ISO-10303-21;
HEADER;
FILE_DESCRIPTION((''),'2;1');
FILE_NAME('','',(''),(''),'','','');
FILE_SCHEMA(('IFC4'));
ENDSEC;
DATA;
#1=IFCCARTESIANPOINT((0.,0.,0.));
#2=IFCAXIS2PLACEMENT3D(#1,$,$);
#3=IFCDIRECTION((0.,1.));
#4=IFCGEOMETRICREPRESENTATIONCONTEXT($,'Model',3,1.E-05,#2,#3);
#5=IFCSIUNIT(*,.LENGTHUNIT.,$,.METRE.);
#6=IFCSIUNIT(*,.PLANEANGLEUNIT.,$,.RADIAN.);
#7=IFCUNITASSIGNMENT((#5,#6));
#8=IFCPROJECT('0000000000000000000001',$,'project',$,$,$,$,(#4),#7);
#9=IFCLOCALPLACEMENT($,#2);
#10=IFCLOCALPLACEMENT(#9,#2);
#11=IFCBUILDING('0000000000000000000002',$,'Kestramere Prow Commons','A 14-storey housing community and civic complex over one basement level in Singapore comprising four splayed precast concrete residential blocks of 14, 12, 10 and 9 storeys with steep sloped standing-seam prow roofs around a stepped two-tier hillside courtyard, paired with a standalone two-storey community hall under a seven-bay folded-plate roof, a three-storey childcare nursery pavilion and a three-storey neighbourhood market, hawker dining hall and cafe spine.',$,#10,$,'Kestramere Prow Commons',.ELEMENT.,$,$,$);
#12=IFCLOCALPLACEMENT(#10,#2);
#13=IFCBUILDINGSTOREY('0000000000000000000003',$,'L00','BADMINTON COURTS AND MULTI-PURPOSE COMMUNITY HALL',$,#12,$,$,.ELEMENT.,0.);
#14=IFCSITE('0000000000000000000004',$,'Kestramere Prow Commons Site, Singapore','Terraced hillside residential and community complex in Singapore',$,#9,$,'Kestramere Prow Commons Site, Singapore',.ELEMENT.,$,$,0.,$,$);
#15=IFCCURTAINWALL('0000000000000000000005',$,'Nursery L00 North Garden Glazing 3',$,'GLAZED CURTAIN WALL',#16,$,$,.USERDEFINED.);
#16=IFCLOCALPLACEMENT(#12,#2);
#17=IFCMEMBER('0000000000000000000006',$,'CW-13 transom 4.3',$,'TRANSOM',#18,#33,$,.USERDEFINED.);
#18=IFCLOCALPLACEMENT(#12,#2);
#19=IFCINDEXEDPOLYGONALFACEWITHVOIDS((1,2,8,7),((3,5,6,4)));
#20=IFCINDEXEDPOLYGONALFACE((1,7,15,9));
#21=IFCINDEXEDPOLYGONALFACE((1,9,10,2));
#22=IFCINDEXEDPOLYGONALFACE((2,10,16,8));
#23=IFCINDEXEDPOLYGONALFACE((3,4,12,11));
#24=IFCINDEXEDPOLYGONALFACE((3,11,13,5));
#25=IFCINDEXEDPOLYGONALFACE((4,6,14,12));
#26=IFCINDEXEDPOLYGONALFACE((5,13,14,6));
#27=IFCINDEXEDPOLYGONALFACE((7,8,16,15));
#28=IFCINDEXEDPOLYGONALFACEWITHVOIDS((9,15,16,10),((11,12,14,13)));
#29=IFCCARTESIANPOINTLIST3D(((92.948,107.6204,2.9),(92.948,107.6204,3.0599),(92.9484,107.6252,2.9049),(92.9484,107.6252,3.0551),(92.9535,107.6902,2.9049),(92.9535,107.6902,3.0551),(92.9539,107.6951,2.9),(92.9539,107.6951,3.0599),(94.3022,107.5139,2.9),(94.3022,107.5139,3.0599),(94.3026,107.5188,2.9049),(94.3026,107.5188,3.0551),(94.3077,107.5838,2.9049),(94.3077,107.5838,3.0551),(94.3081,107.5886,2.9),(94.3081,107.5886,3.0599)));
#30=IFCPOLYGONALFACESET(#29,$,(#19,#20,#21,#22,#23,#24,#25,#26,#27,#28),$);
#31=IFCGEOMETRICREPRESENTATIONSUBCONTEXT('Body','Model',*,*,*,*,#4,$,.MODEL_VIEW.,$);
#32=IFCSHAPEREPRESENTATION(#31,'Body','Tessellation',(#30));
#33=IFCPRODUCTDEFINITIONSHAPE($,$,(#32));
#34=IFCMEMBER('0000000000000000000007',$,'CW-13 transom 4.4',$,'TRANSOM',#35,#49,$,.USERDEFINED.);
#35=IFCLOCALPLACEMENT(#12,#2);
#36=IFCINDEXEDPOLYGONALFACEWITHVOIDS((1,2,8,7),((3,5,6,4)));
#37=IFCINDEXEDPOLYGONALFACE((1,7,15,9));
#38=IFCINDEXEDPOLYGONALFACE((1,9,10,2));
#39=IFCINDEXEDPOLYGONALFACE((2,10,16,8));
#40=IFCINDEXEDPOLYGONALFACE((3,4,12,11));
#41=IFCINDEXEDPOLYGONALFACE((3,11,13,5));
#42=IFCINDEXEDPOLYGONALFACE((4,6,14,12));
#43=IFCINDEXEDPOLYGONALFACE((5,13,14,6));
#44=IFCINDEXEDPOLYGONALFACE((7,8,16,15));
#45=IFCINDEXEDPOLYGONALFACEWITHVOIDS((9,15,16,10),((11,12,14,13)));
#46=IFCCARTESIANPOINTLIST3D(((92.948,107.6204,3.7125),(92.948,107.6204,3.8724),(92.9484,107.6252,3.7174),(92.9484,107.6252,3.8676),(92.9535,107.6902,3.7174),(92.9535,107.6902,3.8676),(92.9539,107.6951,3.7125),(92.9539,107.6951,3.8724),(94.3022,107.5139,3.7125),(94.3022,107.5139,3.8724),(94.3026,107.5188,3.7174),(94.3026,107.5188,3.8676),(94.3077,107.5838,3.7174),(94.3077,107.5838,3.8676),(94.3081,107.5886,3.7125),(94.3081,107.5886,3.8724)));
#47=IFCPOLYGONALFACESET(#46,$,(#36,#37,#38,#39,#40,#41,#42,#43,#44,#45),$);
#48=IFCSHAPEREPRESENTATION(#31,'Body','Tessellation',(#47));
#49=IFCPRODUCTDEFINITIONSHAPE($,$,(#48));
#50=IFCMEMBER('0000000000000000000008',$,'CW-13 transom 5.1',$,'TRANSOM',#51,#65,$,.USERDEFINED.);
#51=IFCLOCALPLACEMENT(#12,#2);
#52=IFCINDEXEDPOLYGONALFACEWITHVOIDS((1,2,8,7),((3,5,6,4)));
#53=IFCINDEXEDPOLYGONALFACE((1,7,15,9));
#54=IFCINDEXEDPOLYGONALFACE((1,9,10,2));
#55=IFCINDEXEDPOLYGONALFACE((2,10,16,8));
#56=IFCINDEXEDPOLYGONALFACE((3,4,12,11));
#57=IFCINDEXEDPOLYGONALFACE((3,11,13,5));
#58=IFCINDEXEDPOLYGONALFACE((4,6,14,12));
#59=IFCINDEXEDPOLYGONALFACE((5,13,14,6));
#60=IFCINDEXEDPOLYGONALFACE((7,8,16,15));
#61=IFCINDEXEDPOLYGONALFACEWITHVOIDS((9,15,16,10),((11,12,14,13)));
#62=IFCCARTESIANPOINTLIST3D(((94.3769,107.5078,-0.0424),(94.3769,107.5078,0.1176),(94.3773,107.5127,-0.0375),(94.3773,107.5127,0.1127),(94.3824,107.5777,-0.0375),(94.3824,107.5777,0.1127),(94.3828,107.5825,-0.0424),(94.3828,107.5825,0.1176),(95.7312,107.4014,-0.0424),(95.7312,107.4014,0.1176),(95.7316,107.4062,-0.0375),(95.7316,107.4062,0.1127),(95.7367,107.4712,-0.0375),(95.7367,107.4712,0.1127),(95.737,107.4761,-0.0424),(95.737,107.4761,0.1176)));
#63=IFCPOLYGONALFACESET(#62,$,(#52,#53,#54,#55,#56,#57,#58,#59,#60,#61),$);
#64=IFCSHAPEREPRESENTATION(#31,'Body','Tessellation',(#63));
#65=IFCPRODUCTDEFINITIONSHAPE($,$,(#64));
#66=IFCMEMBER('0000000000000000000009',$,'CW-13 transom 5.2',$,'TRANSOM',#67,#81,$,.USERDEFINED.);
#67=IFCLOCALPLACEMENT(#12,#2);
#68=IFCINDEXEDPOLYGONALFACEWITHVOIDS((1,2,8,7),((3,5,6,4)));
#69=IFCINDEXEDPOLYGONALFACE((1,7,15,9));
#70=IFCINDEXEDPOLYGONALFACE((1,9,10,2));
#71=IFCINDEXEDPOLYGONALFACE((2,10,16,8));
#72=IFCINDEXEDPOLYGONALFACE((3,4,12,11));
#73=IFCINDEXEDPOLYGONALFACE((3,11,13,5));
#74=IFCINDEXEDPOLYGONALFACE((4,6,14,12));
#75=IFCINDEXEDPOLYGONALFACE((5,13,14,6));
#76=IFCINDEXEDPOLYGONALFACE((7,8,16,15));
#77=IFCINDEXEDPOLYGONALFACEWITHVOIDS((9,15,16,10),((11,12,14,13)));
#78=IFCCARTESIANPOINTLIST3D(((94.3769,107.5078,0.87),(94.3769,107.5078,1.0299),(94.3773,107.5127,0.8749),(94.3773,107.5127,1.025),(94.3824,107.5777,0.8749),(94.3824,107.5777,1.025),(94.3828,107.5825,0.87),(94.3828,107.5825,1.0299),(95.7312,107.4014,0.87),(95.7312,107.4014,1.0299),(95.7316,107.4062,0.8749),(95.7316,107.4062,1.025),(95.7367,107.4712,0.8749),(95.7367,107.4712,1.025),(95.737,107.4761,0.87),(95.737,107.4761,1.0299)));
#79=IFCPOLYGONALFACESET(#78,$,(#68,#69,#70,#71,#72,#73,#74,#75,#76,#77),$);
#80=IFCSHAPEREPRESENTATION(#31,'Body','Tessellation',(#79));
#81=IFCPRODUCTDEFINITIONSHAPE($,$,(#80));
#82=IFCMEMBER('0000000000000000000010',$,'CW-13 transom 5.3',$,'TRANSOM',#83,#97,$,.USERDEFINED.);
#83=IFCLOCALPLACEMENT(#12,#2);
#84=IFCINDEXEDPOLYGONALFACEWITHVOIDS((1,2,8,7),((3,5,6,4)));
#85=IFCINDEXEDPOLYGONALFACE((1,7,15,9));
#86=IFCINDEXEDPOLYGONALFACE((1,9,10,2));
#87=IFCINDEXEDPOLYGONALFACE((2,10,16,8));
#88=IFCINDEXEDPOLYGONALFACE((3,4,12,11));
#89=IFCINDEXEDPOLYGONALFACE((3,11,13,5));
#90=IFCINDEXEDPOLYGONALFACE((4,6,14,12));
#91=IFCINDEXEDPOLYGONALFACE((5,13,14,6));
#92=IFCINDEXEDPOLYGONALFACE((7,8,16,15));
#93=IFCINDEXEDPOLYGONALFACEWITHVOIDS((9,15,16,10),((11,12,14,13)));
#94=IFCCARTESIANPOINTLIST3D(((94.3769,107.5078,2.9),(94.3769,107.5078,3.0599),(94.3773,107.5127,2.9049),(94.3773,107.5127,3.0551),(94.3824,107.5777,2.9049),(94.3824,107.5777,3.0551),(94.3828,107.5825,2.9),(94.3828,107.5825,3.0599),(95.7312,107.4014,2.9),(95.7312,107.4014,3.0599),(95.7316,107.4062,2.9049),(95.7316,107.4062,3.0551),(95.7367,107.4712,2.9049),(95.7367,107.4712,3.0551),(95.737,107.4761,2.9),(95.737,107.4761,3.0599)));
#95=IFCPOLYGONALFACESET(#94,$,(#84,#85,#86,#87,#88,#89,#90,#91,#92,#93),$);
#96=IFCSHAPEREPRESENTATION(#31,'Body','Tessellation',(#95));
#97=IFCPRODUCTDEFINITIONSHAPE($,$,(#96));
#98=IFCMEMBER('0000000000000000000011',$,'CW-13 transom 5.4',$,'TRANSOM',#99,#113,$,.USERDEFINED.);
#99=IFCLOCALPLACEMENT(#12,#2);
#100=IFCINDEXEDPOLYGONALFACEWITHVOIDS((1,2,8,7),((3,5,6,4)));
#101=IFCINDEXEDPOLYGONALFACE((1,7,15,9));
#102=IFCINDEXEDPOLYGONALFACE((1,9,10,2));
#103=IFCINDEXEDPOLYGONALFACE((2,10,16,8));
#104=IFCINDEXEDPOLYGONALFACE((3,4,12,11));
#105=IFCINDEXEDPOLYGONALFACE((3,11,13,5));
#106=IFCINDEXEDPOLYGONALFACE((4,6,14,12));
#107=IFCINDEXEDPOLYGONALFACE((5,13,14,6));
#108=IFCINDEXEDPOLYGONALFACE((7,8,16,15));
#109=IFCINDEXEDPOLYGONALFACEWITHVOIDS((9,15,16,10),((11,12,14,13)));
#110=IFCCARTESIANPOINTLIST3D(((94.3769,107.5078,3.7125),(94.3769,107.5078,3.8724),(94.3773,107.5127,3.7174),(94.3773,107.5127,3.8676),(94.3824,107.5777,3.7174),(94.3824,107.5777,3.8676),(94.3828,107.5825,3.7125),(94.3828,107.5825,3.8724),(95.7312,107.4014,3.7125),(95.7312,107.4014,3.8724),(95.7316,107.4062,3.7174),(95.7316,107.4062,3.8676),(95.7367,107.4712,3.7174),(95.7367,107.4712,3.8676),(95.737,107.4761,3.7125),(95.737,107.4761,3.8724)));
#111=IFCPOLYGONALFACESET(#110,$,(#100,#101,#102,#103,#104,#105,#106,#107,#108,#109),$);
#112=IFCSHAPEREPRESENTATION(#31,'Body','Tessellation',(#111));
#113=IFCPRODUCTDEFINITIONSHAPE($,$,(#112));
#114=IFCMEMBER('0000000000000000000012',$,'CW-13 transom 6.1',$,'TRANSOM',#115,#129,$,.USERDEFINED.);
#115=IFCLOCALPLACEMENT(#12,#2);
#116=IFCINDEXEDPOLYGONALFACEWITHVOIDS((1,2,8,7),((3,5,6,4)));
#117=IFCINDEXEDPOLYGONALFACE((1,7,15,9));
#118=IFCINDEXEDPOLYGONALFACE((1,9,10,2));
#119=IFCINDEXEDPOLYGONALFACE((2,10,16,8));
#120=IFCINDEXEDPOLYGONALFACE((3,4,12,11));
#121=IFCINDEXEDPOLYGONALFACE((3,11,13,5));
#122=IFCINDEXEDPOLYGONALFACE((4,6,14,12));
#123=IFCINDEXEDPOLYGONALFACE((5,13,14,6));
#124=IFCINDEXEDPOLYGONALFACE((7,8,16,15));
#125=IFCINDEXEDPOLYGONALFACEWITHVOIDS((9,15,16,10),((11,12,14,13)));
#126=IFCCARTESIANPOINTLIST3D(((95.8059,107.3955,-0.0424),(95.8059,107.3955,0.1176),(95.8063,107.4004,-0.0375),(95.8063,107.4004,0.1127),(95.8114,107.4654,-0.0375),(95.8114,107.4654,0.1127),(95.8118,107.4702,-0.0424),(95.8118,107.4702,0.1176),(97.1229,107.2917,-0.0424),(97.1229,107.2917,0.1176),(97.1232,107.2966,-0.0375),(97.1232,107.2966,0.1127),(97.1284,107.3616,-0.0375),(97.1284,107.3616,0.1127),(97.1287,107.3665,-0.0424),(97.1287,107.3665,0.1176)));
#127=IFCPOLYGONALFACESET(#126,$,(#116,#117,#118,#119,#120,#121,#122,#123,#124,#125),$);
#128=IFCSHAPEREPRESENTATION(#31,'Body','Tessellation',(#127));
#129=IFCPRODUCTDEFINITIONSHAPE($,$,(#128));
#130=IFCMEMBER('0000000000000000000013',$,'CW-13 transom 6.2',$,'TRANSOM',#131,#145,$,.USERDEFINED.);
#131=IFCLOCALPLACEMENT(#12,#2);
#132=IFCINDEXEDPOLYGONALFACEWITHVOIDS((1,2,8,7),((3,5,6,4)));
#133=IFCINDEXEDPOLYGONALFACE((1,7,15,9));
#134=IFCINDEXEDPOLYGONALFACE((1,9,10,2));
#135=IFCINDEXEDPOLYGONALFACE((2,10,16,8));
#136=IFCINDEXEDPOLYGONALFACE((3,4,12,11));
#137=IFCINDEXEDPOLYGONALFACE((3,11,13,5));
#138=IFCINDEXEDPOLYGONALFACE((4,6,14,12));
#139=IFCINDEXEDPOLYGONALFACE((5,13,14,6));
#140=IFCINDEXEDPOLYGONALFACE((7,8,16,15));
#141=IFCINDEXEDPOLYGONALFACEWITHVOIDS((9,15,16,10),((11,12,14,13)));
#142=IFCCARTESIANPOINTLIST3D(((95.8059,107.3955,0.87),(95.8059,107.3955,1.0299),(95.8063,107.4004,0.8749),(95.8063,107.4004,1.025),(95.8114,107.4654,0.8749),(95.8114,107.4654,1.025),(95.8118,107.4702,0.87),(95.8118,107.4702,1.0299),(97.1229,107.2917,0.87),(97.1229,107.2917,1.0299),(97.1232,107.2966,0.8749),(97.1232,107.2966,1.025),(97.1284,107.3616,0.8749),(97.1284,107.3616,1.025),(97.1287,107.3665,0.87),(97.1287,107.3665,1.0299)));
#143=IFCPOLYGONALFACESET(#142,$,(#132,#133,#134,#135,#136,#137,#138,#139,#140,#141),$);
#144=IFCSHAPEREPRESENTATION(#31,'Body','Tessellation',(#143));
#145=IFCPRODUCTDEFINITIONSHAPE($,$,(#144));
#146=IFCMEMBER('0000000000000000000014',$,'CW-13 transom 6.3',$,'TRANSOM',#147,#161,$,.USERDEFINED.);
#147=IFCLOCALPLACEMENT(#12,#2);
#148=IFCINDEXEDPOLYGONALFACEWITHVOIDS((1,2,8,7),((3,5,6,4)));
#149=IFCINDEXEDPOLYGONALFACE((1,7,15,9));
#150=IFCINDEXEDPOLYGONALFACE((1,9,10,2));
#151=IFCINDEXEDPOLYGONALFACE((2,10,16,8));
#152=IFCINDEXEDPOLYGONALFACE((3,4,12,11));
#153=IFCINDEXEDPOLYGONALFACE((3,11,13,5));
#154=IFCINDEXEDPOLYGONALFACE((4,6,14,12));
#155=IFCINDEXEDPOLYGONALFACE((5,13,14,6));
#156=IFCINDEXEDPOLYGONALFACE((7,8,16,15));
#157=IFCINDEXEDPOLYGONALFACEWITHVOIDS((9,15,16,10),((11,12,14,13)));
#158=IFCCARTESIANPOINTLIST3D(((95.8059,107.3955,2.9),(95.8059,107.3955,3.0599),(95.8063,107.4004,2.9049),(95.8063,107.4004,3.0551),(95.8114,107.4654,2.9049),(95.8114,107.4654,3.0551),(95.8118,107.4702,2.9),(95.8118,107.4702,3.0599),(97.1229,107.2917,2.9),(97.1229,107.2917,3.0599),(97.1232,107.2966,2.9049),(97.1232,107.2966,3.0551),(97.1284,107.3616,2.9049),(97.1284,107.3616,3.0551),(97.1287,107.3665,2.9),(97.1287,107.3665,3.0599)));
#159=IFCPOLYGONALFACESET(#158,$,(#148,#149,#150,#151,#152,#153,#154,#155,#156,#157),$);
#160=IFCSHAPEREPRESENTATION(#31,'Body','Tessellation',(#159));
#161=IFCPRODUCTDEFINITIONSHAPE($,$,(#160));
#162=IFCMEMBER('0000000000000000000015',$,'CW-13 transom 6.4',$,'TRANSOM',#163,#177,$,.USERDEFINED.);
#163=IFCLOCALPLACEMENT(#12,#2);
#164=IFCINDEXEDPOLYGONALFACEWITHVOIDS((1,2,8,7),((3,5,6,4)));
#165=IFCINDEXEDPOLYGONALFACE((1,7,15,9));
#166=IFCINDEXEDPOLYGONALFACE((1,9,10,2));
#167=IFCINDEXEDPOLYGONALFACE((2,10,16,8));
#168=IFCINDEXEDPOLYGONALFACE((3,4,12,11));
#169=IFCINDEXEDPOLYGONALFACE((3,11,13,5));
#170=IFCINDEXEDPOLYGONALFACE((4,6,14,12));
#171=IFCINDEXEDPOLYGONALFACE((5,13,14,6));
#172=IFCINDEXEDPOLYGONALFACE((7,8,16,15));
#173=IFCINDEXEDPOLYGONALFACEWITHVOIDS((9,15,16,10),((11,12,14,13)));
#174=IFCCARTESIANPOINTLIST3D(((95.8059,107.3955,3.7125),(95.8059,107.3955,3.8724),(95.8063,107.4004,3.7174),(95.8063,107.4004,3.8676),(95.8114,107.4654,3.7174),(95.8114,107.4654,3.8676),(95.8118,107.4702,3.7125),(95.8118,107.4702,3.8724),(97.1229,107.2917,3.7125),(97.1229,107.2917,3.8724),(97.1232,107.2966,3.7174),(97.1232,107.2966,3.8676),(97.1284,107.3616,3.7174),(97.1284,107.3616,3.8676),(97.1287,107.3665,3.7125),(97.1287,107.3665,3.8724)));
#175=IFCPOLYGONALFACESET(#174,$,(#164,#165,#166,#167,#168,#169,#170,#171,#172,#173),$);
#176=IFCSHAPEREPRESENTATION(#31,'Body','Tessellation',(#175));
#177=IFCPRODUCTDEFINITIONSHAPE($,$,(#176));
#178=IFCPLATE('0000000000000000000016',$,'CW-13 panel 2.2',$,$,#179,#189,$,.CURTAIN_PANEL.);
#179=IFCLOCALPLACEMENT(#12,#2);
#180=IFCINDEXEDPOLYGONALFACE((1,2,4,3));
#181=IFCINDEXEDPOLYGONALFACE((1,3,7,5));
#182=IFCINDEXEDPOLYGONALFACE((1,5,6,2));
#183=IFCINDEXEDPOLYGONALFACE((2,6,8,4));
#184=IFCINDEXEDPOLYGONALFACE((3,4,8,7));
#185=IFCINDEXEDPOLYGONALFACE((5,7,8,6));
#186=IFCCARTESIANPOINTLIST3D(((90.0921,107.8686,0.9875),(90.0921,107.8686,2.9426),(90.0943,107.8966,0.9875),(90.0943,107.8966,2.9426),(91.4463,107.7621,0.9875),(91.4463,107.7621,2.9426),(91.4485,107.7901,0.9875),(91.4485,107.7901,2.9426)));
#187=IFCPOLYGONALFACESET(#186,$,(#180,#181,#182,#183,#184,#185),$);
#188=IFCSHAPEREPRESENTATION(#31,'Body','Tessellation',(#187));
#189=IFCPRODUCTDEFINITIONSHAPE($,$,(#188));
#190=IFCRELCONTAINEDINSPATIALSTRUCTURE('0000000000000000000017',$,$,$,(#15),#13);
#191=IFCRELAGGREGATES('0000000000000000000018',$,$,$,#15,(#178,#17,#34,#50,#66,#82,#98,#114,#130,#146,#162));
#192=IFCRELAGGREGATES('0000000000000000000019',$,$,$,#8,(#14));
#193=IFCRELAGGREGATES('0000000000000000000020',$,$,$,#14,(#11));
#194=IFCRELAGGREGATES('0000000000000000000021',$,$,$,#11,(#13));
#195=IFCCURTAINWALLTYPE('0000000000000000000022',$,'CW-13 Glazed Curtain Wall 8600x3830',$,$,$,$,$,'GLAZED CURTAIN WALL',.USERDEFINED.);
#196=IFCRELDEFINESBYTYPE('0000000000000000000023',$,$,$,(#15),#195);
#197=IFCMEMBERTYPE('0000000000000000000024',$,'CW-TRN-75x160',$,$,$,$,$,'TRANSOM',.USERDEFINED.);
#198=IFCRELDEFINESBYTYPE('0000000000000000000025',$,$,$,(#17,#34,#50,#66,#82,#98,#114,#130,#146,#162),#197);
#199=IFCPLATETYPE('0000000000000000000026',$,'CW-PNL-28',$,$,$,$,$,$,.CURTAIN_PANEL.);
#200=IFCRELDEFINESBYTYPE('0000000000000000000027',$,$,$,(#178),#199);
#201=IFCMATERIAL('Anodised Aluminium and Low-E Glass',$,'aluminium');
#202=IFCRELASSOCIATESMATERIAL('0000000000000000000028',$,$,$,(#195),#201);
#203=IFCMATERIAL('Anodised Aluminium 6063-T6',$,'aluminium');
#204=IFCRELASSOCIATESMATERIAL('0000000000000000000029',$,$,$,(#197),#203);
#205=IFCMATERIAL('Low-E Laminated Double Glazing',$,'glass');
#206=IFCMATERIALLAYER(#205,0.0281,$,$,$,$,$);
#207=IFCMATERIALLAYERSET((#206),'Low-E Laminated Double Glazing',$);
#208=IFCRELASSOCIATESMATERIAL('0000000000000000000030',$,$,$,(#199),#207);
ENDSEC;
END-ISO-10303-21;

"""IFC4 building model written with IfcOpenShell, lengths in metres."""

from ifc_helpers import new_model, si_unit, direction, frame, origin, origin_2d, place, context, subcontext, project, spatial, rectangle, hollow_rectangle, extrude, material, layer, layer_set, material_profile, profile_set, type_object, element, aggregate, save


model = new_model("IFC4")

# Units and contexts
model_context = context("Model", 3, precision=1e-05, world=origin(), true_north=direction((0.0, 1.0)))
body_context = subcontext(model_context, "Body", "Model", "MODEL_VIEW")
ifc_project = project(units=[si_unit("LENGTHUNIT", "METRE"), si_unit("PLANEANGLEUNIT", "RADIAN")], contexts=[model_context])

# Site, building, storey
site_placement = place(None, origin())
site = spatial("IfcSite", under=ifc_project, at=site_placement, Name="Kestramere Prow Commons Site, Singapore", Description="Terraced hillside residential and community complex in Singapore", LongName="Kestramere Prow Commons Site, Singapore", CompositionType="ELEMENT", RefElevation=0.0)
building_placement = place(site_placement, origin())
building = spatial("IfcBuilding", under=site, at=building_placement, Name="Kestramere Prow Commons", Description="A 14-storey housing community and civic complex over one basement level in Singapore comprising four splayed precast concrete residential blocks of 14, 12, 10 and 9 storeys with steep sloped standing-seam prow roofs around a stepped two-tier hillside courtyard, paired with a standalone two-storey community hall under a seven-bay folded-plate roof, a three-storey childcare nursery pavilion and a three-storey neighbourhood market, hawker dining hall and cafe spine.", LongName="Kestramere Prow Commons", CompositionType="ELEMENT")
storey_placement = place(building_placement, origin())
storey = spatial("IfcBuildingStorey", under=building, at=storey_placement, Name="L00", Description="BADMINTON COURTS AND MULTI-PURPOSE COMMUNITY HALL", CompositionType="ELEMENT", Elevation=0.0)

# Curtain wall, members, plate
ifc_material_1 = material(Name="Anodised Aluminium and Low-E Glass", Category="aluminium")
curtain_wall_type = type_object("IfcCurtainWallType", Name="CW-13 Glazed Curtain Wall 8600x3830", ElementType="GLAZED CURTAIN WALL", PredefinedType="USERDEFINED", material=ifc_material_1)
curtain_wall_placement = place(storey_placement, origin())
curtain_wall = element("IfcCurtainWall", 1, at=curtain_wall_placement, inside=storey, type_object=curtain_wall_type, Name="Nursery L00 North Garden Glazing 3", ObjectType="GLAZED CURTAIN WALL", PredefinedType="USERDEFINED")
ifc_material_2 = material(Name="Anodised Aluminium 6063-T6", Category="aluminium")
ifc_material_profile_1 = material_profile(ifc_material_2, hollow_rectangle(XDim=0.075, YDim=0.1599, WallThickness=0.0049, at=origin_2d()), Name="ALU-TRN 75x160")
ifc_profile_set_1 = profile_set([ifc_material_profile_1], Name="Anodised Aluminium 6063-T6")
member_type_1 = type_object("IfcMemberType", Name="CW-TRN-75x160", ElementType="TRANSOM", PredefinedType="USERDEFINED", material=ifc_profile_set_1)
member_1_placement = place(storey_placement, frame((92.9509, 107.6577, 2.98), z_axis=(0.996925, -0.078359, 0.0), x_axis=(0.078359, 0.996925, 0.0)))
member_1 = element("IfcMember", 2, at=member_1_placement, type_object=member_type_1, Name="CW-13 transom 4.3", ObjectType="TRANSOM", PredefinedType="USERDEFINED", context=body_context, shape_type="SweptSolid", body=[
    extrude(hollow_rectangle(XDim=0.075, YDim=0.1599, WallThickness=0.0049, at=origin_2d()), origin(), (0.0, 0.0, 1.0), 1.3584),
])
member_2_placement = place(storey_placement, frame((92.9509, 107.6577, 3.7925), z_axis=(0.996925, -0.078359, 0.0), x_axis=(0.078359, 0.996925, 0.0)))
member_2 = element("IfcMember", 3, at=member_2_placement, type_object=member_type_1, Name="CW-13 transom 4.4", ObjectType="TRANSOM", PredefinedType="USERDEFINED", context=body_context, shape_type="SweptSolid", body=[
    extrude(hollow_rectangle(XDim=0.075, YDim=0.1599, WallThickness=0.0049, at=origin_2d()), origin(), (0.0, 0.0, 1.0), 1.3584),
])
member_3_placement = place(storey_placement, frame((94.3799, 107.5452, 0.0376), z_axis=(0.996925, -0.078359, 0.0), x_axis=(0.078359, 0.996925, 0.0)))
member_3 = element("IfcMember", 4, at=member_3_placement, type_object=member_type_1, Name="CW-13 transom 5.1", ObjectType="TRANSOM", PredefinedType="USERDEFINED", context=body_context, shape_type="SweptSolid", body=[
    extrude(hollow_rectangle(XDim=0.075, YDim=0.1599, WallThickness=0.0049, at=origin_2d()), origin(), (0.0, 0.0, 1.0), 1.3584),
])
member_4_placement = place(storey_placement, frame((94.3799, 107.5452, 0.95), z_axis=(0.996925, -0.078359, 0.0), x_axis=(0.078359, 0.996925, 0.0)))
member_4 = element("IfcMember", 5, at=member_4_placement, type_object=member_type_1, Name="CW-13 transom 5.2", ObjectType="TRANSOM", PredefinedType="USERDEFINED", context=body_context, shape_type="SweptSolid", body=[
    extrude(hollow_rectangle(XDim=0.075, YDim=0.1599, WallThickness=0.0049, at=origin_2d()), origin(), (0.0, 0.0, 1.0), 1.3584),
])
member_5_placement = place(storey_placement, frame((94.3799, 107.5452, 2.98), z_axis=(0.996925, -0.078359, 0.0), x_axis=(0.078359, 0.996925, 0.0)))
member_5 = element("IfcMember", 6, at=member_5_placement, type_object=member_type_1, Name="CW-13 transom 5.3", ObjectType="TRANSOM", PredefinedType="USERDEFINED", context=body_context, shape_type="SweptSolid", body=[
    extrude(hollow_rectangle(XDim=0.075, YDim=0.1599, WallThickness=0.0049, at=origin_2d()), origin(), (0.0, 0.0, 1.0), 1.3584),
])
member_6_placement = place(storey_placement, frame((94.3799, 107.5452, 3.7925), z_axis=(0.996925, -0.078359, 0.0), x_axis=(0.078359, 0.996925, 0.0)))
member_6 = element("IfcMember", 7, at=member_6_placement, type_object=member_type_1, Name="CW-13 transom 5.4", ObjectType="TRANSOM", PredefinedType="USERDEFINED", context=body_context, shape_type="SweptSolid", body=[
    extrude(hollow_rectangle(XDim=0.075, YDim=0.1599, WallThickness=0.0049, at=origin_2d()), origin(), (0.0, 0.0, 1.0), 1.3584),
])
member_7_placement = place(storey_placement, frame((95.8088, 107.4329, 0.0376), z_axis=(0.99691, -0.078548, 0.0), x_axis=(0.078548, 0.99691, 0.0)))
member_7 = element("IfcMember", 8, at=member_7_placement, type_object=member_type_1, Name="CW-13 transom 6.1", ObjectType="TRANSOM", PredefinedType="USERDEFINED", context=body_context, shape_type="SweptSolid", body=[
    extrude(hollow_rectangle(XDim=0.075, YDim=0.1599, WallThickness=0.0049, at=origin_2d()), origin(), (0.0, 0.0, 1.0), 1.321),
])
member_8_placement = place(storey_placement, frame((95.8088, 107.4329, 0.95), z_axis=(0.99691, -0.078548, 0.0), x_axis=(0.078548, 0.99691, 0.0)))
member_8 = element("IfcMember", 9, at=member_8_placement, type_object=member_type_1, Name="CW-13 transom 6.2", ObjectType="TRANSOM", PredefinedType="USERDEFINED", context=body_context, shape_type="SweptSolid", body=[
    extrude(hollow_rectangle(XDim=0.075, YDim=0.1599, WallThickness=0.0049, at=origin_2d()), origin(), (0.0, 0.0, 1.0), 1.321),
])
member_9_placement = place(storey_placement, frame((95.8088, 107.4329, 2.98), z_axis=(0.99691, -0.078548, 0.0), x_axis=(0.078548, 0.99691, 0.0)))
member_9 = element("IfcMember", 10, at=member_9_placement, type_object=member_type_1, Name="CW-13 transom 6.3", ObjectType="TRANSOM", PredefinedType="USERDEFINED", context=body_context, shape_type="SweptSolid", body=[
    extrude(hollow_rectangle(XDim=0.075, YDim=0.1599, WallThickness=0.0049, at=origin_2d()), origin(), (0.0, 0.0, 1.0), 1.321),
])
member_10_placement = place(storey_placement, frame((95.8088, 107.4329, 3.7925), z_axis=(0.99691, -0.078548, 0.0), x_axis=(0.078548, 0.99691, 0.0)))
member_10 = element("IfcMember", 11, at=member_10_placement, type_object=member_type_1, Name="CW-13 transom 6.4", ObjectType="TRANSOM", PredefinedType="USERDEFINED", context=body_context, shape_type="SweptSolid", body=[
    extrude(hollow_rectangle(XDim=0.075, YDim=0.1599, WallThickness=0.0049, at=origin_2d()), origin(), (0.0, 0.0, 1.0), 1.321),
])
ifc_material_3 = material(Name="Low-E Laminated Double Glazing", Category="glass")
ifc_layer = layer(ifc_material_3, 0.0281)
ifc_layer_set = layer_set([ifc_layer], Name="Low-E Laminated Double Glazing")
plate_type = type_object("IfcPlateType", Name="CW-PNL-28", PredefinedType="CURTAIN_PANEL", material=ifc_layer_set)
plate_1_placement = place(storey_placement, frame((90.7703, 107.8293, 0.9875), z_axis=(0.0, 0.0, 1.0), x_axis=(0.996917, -0.078459, 0.0)))
plate_1 = element("IfcPlate", 12, at=plate_1_placement, type_object=plate_type, Name="CW-13 panel 2.2", PredefinedType="CURTAIN_PANEL", context=body_context, shape_type="SweptSolid", body=[
    extrude(rectangle(XDim=1.3584, YDim=0.0281, at=origin_2d()), origin(), (0.0, 0.0, 1.0), 1.9551),
])
aggregate(curtain_wall, [plate_1, member_1, member_2, member_3, member_4, member_5, member_6, member_7, member_8, member_9, member_10])

save(model, "model.ifc")
